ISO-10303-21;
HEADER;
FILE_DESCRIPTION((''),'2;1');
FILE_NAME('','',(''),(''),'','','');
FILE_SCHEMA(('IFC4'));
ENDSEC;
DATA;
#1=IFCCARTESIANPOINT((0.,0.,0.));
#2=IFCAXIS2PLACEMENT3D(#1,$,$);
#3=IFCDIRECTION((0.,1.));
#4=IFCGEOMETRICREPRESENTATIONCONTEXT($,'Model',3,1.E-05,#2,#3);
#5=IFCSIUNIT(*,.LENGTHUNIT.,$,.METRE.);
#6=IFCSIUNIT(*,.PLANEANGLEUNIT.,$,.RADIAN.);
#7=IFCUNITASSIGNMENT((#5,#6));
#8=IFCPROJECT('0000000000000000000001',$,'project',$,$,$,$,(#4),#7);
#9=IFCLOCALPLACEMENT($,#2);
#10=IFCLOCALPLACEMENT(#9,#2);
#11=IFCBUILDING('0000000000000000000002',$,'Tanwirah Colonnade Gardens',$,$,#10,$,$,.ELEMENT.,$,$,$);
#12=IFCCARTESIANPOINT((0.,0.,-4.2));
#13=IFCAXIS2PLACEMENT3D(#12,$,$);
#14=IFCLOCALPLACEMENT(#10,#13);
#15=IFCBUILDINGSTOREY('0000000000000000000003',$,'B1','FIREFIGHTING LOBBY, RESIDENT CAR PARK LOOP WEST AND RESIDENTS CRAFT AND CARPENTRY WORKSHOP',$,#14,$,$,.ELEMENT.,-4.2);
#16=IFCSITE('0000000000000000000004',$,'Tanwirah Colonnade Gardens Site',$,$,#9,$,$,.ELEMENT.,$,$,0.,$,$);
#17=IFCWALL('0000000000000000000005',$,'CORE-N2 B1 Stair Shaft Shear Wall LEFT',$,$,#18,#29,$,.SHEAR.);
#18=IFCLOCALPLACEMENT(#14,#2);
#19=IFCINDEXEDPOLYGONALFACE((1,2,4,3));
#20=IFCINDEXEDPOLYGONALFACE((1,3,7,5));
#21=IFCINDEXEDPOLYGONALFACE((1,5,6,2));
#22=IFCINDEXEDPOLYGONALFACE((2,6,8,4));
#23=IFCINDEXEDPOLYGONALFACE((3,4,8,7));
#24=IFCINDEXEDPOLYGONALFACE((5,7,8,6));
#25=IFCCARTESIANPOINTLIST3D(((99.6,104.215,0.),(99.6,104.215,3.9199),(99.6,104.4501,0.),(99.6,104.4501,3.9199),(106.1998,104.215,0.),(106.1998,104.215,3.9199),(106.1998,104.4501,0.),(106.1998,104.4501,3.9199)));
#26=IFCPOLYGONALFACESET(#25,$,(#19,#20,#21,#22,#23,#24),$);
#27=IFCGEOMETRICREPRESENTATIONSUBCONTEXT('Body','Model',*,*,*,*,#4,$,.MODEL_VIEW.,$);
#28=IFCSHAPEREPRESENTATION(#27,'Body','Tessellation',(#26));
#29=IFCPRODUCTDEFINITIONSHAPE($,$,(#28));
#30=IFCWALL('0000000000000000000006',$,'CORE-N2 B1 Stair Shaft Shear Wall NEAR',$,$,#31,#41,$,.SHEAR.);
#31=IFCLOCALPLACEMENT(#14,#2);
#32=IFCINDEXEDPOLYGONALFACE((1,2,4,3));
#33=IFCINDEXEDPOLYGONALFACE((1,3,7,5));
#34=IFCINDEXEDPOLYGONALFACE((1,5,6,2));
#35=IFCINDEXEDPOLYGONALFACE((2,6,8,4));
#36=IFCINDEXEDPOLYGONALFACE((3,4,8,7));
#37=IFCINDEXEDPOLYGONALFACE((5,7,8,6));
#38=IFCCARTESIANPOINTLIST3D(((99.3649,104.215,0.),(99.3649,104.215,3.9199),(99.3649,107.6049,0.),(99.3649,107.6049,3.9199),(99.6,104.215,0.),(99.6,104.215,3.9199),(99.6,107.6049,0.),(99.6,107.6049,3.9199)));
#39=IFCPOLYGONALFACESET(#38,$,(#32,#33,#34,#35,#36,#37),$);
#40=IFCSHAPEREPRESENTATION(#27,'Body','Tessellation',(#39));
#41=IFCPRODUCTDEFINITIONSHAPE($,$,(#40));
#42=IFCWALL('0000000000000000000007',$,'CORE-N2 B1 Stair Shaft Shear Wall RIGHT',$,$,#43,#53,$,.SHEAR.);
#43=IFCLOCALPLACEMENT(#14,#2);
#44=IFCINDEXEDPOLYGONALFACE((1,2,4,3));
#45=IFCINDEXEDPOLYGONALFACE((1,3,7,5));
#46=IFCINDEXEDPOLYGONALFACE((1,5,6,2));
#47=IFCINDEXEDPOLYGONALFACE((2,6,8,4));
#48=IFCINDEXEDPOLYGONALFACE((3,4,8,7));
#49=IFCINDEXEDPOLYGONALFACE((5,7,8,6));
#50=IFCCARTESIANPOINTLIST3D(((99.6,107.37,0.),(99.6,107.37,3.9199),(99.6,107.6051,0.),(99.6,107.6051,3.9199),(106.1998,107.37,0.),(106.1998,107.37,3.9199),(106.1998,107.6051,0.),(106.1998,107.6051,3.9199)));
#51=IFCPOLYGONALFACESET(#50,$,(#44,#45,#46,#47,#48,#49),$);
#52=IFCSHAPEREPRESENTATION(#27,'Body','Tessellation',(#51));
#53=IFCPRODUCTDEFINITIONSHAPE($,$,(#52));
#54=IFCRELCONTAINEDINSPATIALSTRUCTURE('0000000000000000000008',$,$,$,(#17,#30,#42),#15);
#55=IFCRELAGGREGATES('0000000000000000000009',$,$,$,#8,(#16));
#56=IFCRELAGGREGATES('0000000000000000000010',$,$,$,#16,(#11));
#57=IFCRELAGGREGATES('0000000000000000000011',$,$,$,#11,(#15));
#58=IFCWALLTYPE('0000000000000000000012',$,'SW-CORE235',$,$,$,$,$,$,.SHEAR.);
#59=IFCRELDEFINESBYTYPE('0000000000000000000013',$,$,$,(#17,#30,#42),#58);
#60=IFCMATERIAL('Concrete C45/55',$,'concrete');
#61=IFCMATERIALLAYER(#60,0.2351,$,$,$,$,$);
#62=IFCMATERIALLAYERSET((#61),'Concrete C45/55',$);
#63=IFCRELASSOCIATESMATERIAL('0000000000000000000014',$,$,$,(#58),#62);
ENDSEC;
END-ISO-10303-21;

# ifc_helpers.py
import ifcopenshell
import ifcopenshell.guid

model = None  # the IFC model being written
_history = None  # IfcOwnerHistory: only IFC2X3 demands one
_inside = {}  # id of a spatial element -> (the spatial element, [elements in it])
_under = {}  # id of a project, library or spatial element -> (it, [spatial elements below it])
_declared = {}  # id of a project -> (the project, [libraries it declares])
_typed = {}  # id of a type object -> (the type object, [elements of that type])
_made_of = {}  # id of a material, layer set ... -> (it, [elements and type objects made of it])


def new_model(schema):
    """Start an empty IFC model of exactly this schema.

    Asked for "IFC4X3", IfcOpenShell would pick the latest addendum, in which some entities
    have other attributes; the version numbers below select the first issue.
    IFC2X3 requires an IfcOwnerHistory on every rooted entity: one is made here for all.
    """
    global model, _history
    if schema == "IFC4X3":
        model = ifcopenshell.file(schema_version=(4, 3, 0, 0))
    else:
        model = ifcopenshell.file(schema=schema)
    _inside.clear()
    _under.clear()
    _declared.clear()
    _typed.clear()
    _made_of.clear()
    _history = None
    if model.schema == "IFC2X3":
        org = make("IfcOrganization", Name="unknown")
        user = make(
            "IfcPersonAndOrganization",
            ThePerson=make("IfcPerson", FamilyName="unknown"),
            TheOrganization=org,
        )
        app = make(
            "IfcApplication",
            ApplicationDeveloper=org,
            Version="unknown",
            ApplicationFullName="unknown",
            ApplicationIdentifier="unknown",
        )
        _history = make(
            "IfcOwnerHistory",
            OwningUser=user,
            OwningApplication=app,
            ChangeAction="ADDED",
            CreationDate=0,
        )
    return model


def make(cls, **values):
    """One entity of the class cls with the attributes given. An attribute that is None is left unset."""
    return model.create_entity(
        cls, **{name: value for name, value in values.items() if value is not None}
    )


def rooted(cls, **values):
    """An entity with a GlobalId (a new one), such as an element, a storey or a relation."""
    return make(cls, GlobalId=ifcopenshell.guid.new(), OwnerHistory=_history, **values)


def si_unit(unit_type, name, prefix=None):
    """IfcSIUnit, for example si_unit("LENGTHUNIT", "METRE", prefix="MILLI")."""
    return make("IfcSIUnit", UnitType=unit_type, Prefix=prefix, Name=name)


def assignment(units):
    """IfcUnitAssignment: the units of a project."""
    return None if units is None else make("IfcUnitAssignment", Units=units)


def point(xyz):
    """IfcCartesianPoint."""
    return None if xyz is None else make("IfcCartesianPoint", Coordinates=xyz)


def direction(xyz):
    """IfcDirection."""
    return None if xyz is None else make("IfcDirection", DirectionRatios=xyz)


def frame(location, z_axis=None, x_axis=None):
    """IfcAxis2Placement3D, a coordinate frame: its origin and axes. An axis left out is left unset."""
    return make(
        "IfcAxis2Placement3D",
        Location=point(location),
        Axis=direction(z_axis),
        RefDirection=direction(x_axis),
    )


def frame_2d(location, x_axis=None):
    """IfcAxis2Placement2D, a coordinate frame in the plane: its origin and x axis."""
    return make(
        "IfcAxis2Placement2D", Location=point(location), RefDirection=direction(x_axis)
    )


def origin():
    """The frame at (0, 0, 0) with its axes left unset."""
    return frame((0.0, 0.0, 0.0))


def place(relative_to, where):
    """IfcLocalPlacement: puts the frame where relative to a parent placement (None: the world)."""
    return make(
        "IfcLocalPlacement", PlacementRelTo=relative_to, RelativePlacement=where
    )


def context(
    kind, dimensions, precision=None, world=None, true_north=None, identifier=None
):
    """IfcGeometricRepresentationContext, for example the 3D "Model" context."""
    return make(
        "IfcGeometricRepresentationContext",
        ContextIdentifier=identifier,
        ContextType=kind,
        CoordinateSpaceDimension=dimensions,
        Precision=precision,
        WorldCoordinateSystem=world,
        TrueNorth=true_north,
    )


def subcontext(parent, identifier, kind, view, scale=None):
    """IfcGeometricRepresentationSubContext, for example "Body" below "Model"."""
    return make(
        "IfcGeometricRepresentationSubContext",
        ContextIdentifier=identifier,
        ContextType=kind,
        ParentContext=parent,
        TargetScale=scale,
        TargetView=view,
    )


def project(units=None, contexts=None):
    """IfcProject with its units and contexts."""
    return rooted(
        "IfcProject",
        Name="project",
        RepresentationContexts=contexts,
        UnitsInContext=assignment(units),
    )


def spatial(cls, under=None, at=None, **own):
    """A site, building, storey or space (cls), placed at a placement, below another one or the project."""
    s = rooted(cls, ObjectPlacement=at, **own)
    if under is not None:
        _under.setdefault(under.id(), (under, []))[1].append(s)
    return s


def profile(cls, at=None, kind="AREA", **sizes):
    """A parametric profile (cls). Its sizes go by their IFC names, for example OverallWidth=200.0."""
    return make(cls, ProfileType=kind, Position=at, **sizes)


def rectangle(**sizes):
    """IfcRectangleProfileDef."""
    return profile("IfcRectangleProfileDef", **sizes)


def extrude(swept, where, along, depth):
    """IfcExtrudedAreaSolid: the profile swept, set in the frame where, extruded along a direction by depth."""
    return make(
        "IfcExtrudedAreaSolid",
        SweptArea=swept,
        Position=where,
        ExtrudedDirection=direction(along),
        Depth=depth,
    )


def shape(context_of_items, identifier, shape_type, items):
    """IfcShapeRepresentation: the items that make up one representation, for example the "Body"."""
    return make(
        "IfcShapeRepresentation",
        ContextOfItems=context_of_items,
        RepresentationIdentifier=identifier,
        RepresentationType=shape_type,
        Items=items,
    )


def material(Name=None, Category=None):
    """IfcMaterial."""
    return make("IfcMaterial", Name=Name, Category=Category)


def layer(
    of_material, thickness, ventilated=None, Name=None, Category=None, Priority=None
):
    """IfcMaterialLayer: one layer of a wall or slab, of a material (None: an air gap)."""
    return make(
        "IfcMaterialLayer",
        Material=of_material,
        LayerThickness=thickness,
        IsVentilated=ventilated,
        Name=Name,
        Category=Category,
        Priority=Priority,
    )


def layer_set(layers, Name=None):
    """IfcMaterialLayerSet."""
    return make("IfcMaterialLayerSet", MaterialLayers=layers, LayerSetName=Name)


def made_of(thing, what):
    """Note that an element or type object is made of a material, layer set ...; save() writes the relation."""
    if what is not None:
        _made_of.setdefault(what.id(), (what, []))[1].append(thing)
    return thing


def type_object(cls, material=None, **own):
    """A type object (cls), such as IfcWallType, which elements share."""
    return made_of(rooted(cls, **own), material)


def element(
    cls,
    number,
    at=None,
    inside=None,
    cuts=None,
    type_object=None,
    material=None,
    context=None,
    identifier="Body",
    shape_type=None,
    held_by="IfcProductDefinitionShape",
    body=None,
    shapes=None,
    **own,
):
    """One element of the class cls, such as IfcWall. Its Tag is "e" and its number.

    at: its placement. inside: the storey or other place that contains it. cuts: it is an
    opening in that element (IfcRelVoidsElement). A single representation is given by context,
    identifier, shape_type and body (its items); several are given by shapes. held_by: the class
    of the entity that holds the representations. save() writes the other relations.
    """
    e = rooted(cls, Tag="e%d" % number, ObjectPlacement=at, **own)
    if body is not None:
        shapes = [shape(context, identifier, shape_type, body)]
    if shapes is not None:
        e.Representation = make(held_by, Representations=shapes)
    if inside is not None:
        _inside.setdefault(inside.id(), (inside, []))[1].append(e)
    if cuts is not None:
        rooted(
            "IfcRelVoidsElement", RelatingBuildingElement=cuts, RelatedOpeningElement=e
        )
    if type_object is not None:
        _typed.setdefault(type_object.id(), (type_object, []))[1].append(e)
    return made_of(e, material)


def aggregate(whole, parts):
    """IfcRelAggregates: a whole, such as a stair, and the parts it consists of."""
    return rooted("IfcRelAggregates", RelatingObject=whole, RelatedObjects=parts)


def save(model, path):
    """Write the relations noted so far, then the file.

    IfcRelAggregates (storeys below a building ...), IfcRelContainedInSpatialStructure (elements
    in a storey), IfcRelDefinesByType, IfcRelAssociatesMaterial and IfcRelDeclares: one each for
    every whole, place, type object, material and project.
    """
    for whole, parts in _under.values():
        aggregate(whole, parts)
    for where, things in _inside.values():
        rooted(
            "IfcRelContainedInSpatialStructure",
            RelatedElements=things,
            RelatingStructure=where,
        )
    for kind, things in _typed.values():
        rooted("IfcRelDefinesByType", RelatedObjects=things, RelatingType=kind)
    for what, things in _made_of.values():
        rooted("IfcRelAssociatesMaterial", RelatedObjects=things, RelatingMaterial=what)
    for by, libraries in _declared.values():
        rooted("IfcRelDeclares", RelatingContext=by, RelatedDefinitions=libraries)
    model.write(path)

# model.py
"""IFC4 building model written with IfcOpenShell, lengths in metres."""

from ifc_helpers import new_model, si_unit, direction, frame, frame_2d, origin, place, context, subcontext, project, spatial, rectangle, extrude, material, layer, layer_set, type_object, element, save


model = new_model("IFC4")

# Units and contexts
model_context = context("Model", 3, precision=1e-05, world=origin(), true_north=direction((0.0, 1.0)))
body_context = subcontext(model_context, "Body", "Model", "MODEL_VIEW")
ifc_project = project(units=[si_unit("LENGTHUNIT", "METRE"), si_unit("PLANEANGLEUNIT", "RADIAN")], contexts=[model_context])

# Site, building, storey
site_placement = place(None, origin())
site = spatial("IfcSite", under=ifc_project, at=site_placement, Name="Tanwirah Colonnade Gardens Site", CompositionType="ELEMENT", RefElevation=0.0)
building_placement = place(site_placement, origin())
building = spatial("IfcBuilding", under=site, at=building_placement, Name="Tanwirah Colonnade Gardens", CompositionType="ELEMENT")
storey_placement = place(building_placement, frame((0.0, 0.0, -4.2)))
storey = spatial("IfcBuildingStorey", under=building, at=storey_placement, Name="B1", Description="FIREFIGHTING LOBBY, RESIDENT CAR PARK LOOP WEST AND RESIDENTS CRAFT AND CARPENTRY WORKSHOP", CompositionType="ELEMENT", Elevation=-4.2)

# Shared definitions
ifc_material_1 = material(Name="Concrete C45/55", Category="concrete")

# Walls
ifc_layer_1 = layer(ifc_material_1, 0.2351)
ifc_layer_set_1 = layer_set([ifc_layer_1], Name="Concrete C45/55")
wall_type_1 = type_object("IfcWallType", Name="SW-CORE235", PredefinedType="SHEAR", material=ifc_layer_set_1)
wall_1_placement = place(storey_placement, frame((99.6001, 104.3325, 0.0), z_axis=(0.0, 0.0, 1.0), x_axis=(1.0, 0.0, 0.0)))
element("IfcWall", 1, at=wall_1_placement, inside=storey, type_object=wall_type_1, Name="CORE-N2 B1 Stair Shaft Shear Wall LEFT", PredefinedType="SHEAR", context=body_context, shape_type="SweptSolid", body=[
    extrude(rectangle(XDim=6.5999, YDim=0.2351, at=frame_2d((3.2998, 0.0))), origin(), (0.0, 0.0, 1.0), 3.9199),
])
wall_2_placement = place(storey_placement, frame((99.4824, 104.2151, 0.0), z_axis=(0.0, 0.0, 1.0), x_axis=(0.0, 1.0, 0.0)))
element("IfcWall", 2, at=wall_2_placement, inside=storey, type_object=wall_type_1, Name="CORE-N2 B1 Stair Shaft Shear Wall NEAR", PredefinedType="SHEAR", context=body_context, shape_type="SweptSolid", body=[
    extrude(rectangle(XDim=3.3899, YDim=0.2351, at=frame_2d((1.6948, 0.0))), origin(), (0.0, 0.0, 1.0), 3.9199),
])
wall_3_placement = place(storey_placement, frame((99.6001, 107.4875, 0.0), z_axis=(0.0, 0.0, 1.0), x_axis=(1.0, 0.0, 0.0)))
element("IfcWall", 3, at=wall_3_placement, inside=storey, type_object=wall_type_1, Name="CORE-N2 B1 Stair Shaft Shear Wall RIGHT", PredefinedType="SHEAR", context=body_context, shape_type="SweptSolid", body=[
    extrude(rectangle(XDim=6.5999, YDim=0.2351, at=frame_2d((3.2998, 0.0))), origin(), (0.0, 0.0, 1.0), 3.9199),
])

save(model, "model.ifc")
